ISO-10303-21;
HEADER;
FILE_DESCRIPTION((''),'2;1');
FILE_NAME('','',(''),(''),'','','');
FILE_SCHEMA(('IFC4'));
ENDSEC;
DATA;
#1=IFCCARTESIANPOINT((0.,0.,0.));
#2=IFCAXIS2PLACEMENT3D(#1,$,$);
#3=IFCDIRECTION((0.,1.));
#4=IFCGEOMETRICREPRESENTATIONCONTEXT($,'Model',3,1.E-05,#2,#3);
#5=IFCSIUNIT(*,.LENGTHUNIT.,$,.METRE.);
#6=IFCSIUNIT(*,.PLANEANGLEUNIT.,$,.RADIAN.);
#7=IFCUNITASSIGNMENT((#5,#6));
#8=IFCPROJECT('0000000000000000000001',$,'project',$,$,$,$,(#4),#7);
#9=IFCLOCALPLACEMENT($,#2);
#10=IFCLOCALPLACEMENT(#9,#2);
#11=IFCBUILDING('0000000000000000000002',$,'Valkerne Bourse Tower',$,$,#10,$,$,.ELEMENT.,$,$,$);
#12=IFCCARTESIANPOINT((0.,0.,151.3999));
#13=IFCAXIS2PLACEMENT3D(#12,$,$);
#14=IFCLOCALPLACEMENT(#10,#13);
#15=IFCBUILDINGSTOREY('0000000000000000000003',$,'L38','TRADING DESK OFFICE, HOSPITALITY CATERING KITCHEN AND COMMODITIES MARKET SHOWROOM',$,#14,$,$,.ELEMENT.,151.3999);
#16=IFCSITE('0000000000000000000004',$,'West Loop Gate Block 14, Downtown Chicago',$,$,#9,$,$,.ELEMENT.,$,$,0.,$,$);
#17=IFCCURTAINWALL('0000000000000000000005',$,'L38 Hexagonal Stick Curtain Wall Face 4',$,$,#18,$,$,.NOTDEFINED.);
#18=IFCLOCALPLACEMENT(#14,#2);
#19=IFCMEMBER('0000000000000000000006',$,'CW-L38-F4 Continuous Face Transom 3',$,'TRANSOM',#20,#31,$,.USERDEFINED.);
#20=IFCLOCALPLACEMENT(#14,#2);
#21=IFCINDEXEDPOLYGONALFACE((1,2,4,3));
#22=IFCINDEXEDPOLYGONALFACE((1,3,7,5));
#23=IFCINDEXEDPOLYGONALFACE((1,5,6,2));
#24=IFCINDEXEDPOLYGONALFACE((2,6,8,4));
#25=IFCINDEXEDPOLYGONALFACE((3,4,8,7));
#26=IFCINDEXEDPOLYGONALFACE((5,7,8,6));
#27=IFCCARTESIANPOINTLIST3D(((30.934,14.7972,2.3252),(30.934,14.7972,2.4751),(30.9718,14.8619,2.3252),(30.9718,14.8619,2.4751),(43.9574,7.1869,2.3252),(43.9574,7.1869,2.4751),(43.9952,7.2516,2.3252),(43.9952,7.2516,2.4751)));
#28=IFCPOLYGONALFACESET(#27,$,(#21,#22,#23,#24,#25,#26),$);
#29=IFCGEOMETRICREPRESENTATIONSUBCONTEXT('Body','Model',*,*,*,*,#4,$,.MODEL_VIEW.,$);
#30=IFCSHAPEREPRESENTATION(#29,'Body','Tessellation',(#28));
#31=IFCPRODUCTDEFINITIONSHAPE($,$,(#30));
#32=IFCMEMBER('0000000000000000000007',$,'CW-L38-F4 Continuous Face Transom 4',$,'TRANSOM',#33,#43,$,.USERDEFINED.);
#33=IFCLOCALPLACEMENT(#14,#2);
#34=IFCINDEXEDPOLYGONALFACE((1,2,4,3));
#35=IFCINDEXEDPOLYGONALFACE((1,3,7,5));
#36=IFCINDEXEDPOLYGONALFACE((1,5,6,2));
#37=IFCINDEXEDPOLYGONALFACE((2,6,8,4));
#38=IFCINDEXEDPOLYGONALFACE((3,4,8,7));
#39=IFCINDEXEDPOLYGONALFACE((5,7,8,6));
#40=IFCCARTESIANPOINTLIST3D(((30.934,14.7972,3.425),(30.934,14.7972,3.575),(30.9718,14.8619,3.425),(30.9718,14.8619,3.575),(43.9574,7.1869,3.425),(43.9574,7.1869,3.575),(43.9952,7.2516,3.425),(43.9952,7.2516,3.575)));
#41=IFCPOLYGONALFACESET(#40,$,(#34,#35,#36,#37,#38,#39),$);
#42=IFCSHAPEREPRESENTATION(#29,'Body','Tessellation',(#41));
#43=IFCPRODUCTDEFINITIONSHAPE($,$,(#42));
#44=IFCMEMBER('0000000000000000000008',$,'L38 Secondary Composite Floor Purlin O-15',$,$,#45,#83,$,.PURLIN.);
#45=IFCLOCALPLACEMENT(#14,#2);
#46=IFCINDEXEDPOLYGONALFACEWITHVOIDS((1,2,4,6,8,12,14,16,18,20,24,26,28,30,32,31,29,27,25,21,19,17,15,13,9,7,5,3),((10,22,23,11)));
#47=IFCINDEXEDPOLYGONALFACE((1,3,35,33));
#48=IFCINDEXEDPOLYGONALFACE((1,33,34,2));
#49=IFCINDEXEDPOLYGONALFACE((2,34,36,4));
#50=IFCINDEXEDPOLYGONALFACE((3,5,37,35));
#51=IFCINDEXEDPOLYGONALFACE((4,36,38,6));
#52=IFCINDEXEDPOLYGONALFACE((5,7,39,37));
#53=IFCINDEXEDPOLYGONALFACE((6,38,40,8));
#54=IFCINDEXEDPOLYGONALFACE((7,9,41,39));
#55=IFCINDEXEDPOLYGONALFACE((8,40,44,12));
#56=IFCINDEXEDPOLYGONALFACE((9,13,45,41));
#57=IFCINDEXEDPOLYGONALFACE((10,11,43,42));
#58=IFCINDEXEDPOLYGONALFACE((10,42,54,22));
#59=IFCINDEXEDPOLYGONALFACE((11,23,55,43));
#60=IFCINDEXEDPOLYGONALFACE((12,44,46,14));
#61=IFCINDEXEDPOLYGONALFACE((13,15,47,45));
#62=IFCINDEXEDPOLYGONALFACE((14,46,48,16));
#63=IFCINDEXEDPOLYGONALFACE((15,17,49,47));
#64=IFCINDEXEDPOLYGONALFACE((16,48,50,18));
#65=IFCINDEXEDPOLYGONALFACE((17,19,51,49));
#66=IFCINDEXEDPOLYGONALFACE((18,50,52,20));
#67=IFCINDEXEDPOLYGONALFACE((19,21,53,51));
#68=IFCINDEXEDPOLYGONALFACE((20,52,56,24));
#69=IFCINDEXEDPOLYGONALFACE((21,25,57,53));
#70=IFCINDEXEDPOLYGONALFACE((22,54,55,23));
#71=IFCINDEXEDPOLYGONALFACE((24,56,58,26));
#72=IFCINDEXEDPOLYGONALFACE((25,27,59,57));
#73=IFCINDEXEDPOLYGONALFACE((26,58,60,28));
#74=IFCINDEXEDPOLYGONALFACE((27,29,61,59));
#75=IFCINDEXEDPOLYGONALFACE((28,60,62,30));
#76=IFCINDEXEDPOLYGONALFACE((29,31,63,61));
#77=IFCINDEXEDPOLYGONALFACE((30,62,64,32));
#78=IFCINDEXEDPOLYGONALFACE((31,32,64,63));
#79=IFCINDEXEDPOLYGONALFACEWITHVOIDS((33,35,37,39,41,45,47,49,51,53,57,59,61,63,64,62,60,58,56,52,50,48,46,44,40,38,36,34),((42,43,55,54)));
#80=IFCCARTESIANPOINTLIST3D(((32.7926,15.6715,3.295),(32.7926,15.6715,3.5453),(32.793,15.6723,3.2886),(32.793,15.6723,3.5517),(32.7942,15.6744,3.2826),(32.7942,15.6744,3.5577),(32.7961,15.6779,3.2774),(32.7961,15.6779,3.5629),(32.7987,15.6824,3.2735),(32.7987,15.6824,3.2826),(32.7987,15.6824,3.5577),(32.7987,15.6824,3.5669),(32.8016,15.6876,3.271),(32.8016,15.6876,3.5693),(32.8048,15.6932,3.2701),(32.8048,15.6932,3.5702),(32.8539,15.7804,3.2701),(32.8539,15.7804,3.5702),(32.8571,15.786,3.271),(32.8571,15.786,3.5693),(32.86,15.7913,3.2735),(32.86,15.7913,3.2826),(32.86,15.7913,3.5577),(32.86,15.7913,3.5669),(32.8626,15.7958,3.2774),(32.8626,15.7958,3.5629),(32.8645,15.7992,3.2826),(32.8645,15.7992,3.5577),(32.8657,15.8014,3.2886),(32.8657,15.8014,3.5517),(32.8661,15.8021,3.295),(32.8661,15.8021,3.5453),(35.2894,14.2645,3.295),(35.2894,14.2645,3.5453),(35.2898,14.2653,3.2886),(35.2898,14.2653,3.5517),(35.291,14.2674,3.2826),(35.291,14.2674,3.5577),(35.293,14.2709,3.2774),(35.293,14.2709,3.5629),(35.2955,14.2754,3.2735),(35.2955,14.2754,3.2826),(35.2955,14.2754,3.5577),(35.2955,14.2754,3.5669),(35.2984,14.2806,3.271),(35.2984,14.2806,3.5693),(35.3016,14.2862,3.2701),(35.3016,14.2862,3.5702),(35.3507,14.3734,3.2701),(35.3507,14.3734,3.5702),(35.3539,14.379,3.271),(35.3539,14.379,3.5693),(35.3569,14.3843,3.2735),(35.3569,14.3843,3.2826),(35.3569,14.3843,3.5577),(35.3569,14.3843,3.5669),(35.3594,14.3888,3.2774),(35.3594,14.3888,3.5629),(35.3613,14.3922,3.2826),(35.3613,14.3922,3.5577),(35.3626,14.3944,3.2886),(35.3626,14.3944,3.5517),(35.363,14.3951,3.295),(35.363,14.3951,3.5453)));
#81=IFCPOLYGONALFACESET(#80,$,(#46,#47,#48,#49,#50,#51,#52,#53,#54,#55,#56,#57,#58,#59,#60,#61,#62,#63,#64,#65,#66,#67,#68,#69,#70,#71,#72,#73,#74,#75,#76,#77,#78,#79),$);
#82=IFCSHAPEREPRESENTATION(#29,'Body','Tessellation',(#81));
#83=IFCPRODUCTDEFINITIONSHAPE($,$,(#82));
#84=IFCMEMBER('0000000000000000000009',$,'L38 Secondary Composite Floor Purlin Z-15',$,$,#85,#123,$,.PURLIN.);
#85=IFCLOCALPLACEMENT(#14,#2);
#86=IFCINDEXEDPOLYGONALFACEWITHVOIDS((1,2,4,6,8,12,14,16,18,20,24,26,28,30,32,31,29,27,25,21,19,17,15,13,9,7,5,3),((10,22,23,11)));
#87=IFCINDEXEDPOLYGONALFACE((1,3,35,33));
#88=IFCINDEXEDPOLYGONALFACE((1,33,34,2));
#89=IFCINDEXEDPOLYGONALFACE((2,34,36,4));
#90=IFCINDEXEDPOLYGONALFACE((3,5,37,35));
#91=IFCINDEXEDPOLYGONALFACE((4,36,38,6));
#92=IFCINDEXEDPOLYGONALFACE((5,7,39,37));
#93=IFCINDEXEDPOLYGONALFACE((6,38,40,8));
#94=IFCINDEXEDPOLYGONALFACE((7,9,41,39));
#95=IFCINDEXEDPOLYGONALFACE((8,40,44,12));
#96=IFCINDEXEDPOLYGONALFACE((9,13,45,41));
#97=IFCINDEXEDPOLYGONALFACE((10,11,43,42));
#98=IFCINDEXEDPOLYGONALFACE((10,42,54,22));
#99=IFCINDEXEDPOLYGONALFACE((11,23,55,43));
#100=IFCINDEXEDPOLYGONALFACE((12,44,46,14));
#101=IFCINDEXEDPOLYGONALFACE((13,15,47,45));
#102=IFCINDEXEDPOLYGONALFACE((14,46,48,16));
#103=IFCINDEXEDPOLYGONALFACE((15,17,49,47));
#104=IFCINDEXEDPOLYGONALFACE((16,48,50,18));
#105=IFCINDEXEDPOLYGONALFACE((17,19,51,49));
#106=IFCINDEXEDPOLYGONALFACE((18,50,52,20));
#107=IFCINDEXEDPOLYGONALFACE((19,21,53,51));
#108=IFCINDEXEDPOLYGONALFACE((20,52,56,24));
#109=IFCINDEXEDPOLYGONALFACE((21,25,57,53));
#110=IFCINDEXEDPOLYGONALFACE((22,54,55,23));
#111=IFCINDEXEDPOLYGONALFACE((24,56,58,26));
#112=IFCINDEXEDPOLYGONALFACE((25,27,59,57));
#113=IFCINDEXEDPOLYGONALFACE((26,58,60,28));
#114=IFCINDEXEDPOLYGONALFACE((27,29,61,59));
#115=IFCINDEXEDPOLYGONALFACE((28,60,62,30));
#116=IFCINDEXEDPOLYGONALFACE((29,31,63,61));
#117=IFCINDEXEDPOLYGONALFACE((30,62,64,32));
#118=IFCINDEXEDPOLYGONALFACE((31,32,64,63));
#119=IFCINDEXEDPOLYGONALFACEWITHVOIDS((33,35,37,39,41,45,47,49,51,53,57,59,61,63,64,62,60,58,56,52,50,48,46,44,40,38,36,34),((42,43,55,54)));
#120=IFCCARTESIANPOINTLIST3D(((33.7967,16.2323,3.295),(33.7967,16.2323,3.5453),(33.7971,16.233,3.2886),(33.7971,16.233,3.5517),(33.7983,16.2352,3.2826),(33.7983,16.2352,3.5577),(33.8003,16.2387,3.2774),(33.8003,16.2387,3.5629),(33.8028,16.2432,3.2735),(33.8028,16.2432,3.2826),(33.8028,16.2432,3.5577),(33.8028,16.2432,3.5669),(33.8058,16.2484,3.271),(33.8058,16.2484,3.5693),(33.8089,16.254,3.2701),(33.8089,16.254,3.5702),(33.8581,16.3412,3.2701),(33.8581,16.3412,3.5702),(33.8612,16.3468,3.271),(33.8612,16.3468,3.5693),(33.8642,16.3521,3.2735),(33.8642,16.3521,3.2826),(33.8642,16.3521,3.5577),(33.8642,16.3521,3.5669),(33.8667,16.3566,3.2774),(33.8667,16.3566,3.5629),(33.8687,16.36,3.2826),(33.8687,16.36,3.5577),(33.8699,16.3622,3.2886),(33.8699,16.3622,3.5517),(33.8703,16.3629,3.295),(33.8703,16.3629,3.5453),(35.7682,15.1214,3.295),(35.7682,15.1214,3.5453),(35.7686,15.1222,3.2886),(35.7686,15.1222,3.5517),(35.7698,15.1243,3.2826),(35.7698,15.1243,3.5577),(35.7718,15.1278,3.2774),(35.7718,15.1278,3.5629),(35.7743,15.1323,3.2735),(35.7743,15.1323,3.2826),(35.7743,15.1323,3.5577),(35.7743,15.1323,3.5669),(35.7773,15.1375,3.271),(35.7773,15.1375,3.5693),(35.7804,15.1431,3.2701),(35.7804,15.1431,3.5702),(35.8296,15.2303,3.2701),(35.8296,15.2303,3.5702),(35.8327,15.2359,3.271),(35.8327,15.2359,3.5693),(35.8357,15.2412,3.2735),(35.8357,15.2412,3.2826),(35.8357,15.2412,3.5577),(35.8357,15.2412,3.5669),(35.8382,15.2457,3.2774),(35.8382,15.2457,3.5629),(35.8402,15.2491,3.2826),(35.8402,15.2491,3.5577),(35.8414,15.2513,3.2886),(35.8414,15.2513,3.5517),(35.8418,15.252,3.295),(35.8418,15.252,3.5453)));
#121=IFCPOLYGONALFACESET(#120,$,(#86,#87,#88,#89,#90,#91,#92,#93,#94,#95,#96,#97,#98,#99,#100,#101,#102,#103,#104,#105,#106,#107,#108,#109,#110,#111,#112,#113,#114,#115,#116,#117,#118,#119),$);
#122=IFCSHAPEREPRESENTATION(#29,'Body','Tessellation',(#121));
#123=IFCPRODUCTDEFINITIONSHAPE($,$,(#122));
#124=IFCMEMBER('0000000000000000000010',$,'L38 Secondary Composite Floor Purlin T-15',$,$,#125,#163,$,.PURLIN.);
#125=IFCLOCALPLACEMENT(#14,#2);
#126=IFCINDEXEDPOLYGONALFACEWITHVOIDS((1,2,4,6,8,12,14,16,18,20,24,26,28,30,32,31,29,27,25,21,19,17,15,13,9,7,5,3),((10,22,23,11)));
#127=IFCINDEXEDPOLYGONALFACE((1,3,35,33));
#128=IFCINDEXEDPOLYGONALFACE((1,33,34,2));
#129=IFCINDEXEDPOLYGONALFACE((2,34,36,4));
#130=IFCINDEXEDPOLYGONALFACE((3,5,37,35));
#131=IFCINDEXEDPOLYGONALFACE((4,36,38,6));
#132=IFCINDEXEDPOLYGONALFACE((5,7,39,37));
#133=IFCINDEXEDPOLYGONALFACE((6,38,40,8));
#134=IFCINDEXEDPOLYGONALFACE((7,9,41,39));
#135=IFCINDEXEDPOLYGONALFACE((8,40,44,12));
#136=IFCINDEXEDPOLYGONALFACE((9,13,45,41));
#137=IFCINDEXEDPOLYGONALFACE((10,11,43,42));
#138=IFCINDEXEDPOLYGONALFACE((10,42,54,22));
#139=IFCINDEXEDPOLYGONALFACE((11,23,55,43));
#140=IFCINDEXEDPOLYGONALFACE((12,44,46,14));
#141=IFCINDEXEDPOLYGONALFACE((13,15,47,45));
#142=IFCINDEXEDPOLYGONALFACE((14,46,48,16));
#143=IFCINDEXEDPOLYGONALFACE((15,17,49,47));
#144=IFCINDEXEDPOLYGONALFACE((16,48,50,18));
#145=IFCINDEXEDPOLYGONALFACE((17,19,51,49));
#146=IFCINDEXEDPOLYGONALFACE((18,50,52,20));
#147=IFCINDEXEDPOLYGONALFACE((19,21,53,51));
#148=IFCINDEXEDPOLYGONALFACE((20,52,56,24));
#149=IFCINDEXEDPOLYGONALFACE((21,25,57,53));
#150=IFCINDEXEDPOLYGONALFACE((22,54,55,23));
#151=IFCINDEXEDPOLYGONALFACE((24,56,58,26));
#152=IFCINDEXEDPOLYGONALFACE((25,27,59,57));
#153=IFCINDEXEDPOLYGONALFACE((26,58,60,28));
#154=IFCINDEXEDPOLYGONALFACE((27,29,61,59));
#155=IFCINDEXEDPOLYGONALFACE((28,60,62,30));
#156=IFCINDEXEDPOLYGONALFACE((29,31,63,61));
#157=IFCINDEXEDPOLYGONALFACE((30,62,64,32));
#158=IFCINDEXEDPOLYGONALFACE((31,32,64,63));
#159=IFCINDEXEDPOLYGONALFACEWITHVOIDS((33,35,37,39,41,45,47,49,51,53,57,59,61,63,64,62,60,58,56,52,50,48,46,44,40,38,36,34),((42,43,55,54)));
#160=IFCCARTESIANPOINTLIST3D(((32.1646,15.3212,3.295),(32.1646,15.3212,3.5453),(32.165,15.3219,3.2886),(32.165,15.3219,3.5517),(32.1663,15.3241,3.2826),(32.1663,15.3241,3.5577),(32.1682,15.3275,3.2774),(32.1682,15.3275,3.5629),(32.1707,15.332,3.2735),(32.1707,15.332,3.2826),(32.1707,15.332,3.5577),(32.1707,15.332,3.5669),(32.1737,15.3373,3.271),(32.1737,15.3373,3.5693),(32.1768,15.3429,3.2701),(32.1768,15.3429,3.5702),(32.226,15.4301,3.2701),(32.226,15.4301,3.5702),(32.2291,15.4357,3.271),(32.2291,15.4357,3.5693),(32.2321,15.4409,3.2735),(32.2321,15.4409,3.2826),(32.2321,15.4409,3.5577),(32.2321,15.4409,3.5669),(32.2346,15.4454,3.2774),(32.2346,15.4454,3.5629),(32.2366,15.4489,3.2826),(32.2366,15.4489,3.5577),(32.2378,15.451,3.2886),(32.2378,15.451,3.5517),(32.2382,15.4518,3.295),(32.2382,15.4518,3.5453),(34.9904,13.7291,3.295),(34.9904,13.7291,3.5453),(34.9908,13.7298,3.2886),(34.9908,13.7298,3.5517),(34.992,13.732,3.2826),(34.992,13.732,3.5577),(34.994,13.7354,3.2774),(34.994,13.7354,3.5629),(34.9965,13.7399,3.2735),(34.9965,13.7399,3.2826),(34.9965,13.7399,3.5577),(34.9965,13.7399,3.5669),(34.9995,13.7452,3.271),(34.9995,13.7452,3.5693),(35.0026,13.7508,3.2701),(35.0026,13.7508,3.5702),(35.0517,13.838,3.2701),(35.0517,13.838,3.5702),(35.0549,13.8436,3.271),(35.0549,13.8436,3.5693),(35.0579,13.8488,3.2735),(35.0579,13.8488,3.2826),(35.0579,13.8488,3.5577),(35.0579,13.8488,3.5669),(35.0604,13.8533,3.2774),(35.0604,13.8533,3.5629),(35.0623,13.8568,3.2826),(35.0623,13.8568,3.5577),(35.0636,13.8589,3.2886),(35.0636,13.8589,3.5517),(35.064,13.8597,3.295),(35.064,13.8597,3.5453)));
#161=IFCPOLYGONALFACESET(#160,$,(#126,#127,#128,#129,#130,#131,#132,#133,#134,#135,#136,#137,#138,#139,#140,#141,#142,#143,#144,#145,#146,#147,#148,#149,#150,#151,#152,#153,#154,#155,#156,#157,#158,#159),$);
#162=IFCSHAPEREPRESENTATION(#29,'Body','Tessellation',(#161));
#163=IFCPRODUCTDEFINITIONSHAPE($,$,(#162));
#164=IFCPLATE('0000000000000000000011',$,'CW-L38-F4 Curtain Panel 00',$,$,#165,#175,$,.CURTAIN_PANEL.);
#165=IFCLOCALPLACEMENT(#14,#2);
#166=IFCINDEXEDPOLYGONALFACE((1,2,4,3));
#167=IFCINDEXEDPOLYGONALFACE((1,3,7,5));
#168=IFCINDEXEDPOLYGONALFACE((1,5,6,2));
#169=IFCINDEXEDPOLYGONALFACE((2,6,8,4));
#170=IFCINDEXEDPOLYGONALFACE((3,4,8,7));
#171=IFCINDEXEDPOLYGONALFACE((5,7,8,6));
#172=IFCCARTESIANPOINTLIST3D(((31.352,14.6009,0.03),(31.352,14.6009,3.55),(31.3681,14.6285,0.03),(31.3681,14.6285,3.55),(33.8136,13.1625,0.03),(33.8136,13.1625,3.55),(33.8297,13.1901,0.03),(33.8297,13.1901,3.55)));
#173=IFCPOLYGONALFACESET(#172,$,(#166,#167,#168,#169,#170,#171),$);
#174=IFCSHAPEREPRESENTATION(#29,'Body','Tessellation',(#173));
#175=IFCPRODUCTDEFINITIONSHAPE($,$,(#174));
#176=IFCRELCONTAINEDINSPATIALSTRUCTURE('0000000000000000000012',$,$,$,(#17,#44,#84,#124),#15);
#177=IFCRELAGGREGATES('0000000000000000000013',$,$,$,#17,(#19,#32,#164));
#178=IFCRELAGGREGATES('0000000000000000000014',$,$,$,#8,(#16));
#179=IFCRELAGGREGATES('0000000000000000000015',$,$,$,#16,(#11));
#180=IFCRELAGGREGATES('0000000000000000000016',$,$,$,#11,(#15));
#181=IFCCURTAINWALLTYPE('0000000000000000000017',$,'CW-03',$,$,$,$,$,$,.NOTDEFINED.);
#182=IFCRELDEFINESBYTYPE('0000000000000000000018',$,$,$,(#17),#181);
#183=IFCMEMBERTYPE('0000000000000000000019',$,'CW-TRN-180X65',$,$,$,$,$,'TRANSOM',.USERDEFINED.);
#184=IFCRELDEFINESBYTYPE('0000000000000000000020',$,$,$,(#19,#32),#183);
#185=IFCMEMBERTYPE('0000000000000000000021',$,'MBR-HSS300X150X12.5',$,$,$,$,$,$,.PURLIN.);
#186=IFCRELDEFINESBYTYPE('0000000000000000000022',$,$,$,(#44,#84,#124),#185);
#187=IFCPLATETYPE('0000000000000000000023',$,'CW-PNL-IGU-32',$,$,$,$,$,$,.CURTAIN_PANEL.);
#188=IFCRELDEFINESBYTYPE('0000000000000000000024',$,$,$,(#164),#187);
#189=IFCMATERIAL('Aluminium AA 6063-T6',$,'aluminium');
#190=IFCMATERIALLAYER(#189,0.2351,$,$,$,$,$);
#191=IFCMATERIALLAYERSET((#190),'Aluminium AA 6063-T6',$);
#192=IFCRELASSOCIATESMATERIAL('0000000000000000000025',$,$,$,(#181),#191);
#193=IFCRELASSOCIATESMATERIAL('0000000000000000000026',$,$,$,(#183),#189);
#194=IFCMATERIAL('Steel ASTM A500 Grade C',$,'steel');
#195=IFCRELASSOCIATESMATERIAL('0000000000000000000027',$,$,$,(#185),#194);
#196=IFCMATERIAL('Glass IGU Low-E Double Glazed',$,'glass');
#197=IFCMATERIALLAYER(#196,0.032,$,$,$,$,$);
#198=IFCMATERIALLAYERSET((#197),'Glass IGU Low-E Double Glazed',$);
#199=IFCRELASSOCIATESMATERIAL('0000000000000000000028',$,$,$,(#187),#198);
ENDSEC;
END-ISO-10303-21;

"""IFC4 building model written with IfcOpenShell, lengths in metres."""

from ifc_helpers import new_model, si_unit, direction, frame, origin, origin_2d, place, context, subcontext, project, spatial, rectangle, hollow_rectangle, extrude, material, layer, layer_set, material_profile, profile_set, type_object, element, aggregate, save


model = new_model("IFC4")

# Units and contexts
model_context = context("Model", 3, precision=1e-05, world=origin(), true_north=direction((0.0, 1.0)))
body_context = subcontext(model_context, "Body", "Model", "MODEL_VIEW")
ifc_project = project(units=[si_unit("LENGTHUNIT", "METRE"), si_unit("PLANEANGLEUNIT", "RADIAN")], contexts=[model_context])

# Site, building, storey
site_placement = place(None, origin())
site = spatial("IfcSite", under=ifc_project, at=site_placement, Name="West Loop Gate Block 14, Downtown Chicago", CompositionType="ELEMENT", RefElevation=0.0)
building_placement = place(site_placement, origin())
building = spatial("IfcBuilding", under=site, at=building_placement, Name="Valkerne Bourse Tower", CompositionType="ELEMENT")
storey_placement = place(building_placement, frame((0.0, 0.0, 151.3999)))
storey = spatial("IfcBuildingStorey", under=building, at=storey_placement, Name="L38", Description="TRADING DESK OFFICE, HOSPITALITY CATERING KITCHEN AND COMMODITIES MARKET SHOWROOM", CompositionType="ELEMENT", Elevation=151.3999)

# Curtain wall, members
ifc_material_1 = material(Name="Aluminium AA 6063-T6", Category="aluminium")
ifc_layer_1 = layer(ifc_material_1, 0.2351)
ifc_layer_set_1 = layer_set([ifc_layer_1], Name="Aluminium AA 6063-T6")
curtain_wall_type = type_object("IfcCurtainWallType", Name="CW-03", PredefinedType="NOTDEFINED", material=ifc_layer_set_1)
curtain_wall_placement = place(storey_placement, origin())
curtain_wall = element("IfcCurtainWall", 1, at=curtain_wall_placement, inside=storey, type_object=curtain_wall_type, Name="L38 Hexagonal Stick Curtain Wall Face 4", PredefinedType="NOTDEFINED")
ifc_material_profile_1 = material_profile(ifc_material_1, rectangle(XDim=0.075, YDim=0.1499, at=origin_2d()), Name="CWT-75X150")
ifc_profile_set_1 = profile_set([ifc_material_profile_1], Name="Aluminium AA 6063-T6")
member_type_1 = type_object("IfcMemberType", Name="CW-TRN-180X65", ElementType="TRANSOM", PredefinedType="USERDEFINED", material=ifc_profile_set_1)
member_1_placement = place(storey_placement, frame((30.9529, 14.8296, 2.4001), z_axis=(0.863394, -0.504531, 0.0), x_axis=(0.504531, 0.863394, 0.0)))
member_1 = element("IfcMember", 2, at=member_1_placement, type_object=member_type_1, Name="CW-L38-F4 Continuous Face Transom 3", ObjectType="TRANSOM", PredefinedType="USERDEFINED", context=body_context, shape_type="SweptSolid", body=[
    extrude(rectangle(XDim=0.075, YDim=0.1499, at=origin_2d()), origin(), (0.0, 0.0, 1.0), 15.084),
])
member_2_placement = place(storey_placement, frame((30.9529, 14.8296, 3.5), z_axis=(0.863394, -0.504531, 0.0), x_axis=(0.504531, 0.863394, 0.0)))
member_2 = element("IfcMember", 3, at=member_2_placement, type_object=member_type_1, Name="CW-L38-F4 Continuous Face Transom 4", ObjectType="TRANSOM", PredefinedType="USERDEFINED", context=body_context, shape_type="SweptSolid", body=[
    extrude(rectangle(XDim=0.075, YDim=0.1499, at=origin_2d()), origin(), (0.0, 0.0, 1.0), 15.084),
])

# Members
ifc_material_2 = material(Name="Steel ASTM A500 Grade C", Category="steel")
ifc_material_profile_2 = material_profile(ifc_material_2, hollow_rectangle(XDim=0.1499, YDim=0.3, WallThickness=0.0125, OuterFilletRadius=0.0249, at=origin_2d()), Name="HSS300X150X12.5")
ifc_profile_set_2 = profile_set([ifc_material_profile_2], Name="Steel ASTM A500 Grade C")
member_type_2 = type_object("IfcMemberType", Name="MBR-HSS300X150X12.5", PredefinedType="PURLIN", material=ifc_profile_set_2)
member_3_placement = place(storey_placement, frame((32.8293, 15.7368, 3.4202), z_axis=(0.8712, -0.490928, 0.0), x_axis=(0.490928, 0.8712, 0.0)))
element("IfcMember", 4, at=member_3_placement, inside=storey, type_object=member_type_2, Name="L38 Secondary Composite Floor Purlin O-15", PredefinedType="PURLIN", context=body_context, shape_type="SweptSolid", body=[
    extrude(hollow_rectangle(XDim=0.1499, YDim=0.3, WallThickness=0.0125, OuterFilletRadius=0.0249, at=origin_2d()), origin(), (0.0, 0.0, 1.0), 2.866),
])
member_4_placement = place(storey_placement, frame((33.8335, 16.2976, 3.4202), z_axis=(0.871215, -0.490901, 0.0), x_axis=(0.490901, 0.871215, 0.0)))
element("IfcMember", 5, at=member_4_placement, inside=storey, type_object=member_type_2, Name="L38 Secondary Composite Floor Purlin Z-15", PredefinedType="PURLIN", context=body_context, shape_type="SweptSolid", body=[
    extrude(hollow_rectangle(XDim=0.1499, YDim=0.3, WallThickness=0.0125, OuterFilletRadius=0.0249, at=origin_2d()), origin(), (0.0, 0.0, 1.0), 2.2629),
])
member_5_placement = place(storey_placement, frame((32.2014, 15.3865, 3.4202), z_axis=(0.871234, -0.490869, 0.0), x_axis=(0.490869, 0.871234, 0.0)))
element("IfcMember", 6, at=member_5_placement, inside=storey, type_object=member_type_2, Name="L38 Secondary Composite Floor Purlin T-15", PredefinedType="PURLIN", context=body_context, shape_type="SweptSolid", body=[
    extrude(hollow_rectangle(XDim=0.1499, YDim=0.3, WallThickness=0.0125, OuterFilletRadius=0.0249, at=origin_2d()), origin(), (0.0, 0.0, 1.0), 3.2434),
])

# Plate
ifc_material_3 = material(Name="Glass IGU Low-E Double Glazed", Category="glass")
ifc_layer_2 = layer(ifc_material_3, 0.032)
ifc_layer_set_2 = layer_set([ifc_layer_2], Name="Glass IGU Low-E Double Glazed")
plate_type = type_object("IfcPlateType", Name="CW-PNL-IGU-32", PredefinedType="CURTAIN_PANEL", material=ifc_layer_set_2)
plate_placement = place(storey_placement, frame((32.5908, 13.8955, 0.03), z_axis=(0.0, 0.0, 1.0), x_axis=(0.863395, -0.504529, 0.0)))
plate = element("IfcPlate", 7, at=plate_placement, type_object=plate_type, Name="CW-L38-F4 Curtain Panel 00", PredefinedType="CURTAIN_PANEL", context=body_context, shape_type="SweptSolid", body=[
    extrude(rectangle(XDim=2.8511, YDim=0.032, at=origin_2d()), origin(), (0.0, 0.0, 1.0), 3.52),
])
aggregate(curtain_wall, [member_1, member_2, plate])

save(model, "model.ifc")
